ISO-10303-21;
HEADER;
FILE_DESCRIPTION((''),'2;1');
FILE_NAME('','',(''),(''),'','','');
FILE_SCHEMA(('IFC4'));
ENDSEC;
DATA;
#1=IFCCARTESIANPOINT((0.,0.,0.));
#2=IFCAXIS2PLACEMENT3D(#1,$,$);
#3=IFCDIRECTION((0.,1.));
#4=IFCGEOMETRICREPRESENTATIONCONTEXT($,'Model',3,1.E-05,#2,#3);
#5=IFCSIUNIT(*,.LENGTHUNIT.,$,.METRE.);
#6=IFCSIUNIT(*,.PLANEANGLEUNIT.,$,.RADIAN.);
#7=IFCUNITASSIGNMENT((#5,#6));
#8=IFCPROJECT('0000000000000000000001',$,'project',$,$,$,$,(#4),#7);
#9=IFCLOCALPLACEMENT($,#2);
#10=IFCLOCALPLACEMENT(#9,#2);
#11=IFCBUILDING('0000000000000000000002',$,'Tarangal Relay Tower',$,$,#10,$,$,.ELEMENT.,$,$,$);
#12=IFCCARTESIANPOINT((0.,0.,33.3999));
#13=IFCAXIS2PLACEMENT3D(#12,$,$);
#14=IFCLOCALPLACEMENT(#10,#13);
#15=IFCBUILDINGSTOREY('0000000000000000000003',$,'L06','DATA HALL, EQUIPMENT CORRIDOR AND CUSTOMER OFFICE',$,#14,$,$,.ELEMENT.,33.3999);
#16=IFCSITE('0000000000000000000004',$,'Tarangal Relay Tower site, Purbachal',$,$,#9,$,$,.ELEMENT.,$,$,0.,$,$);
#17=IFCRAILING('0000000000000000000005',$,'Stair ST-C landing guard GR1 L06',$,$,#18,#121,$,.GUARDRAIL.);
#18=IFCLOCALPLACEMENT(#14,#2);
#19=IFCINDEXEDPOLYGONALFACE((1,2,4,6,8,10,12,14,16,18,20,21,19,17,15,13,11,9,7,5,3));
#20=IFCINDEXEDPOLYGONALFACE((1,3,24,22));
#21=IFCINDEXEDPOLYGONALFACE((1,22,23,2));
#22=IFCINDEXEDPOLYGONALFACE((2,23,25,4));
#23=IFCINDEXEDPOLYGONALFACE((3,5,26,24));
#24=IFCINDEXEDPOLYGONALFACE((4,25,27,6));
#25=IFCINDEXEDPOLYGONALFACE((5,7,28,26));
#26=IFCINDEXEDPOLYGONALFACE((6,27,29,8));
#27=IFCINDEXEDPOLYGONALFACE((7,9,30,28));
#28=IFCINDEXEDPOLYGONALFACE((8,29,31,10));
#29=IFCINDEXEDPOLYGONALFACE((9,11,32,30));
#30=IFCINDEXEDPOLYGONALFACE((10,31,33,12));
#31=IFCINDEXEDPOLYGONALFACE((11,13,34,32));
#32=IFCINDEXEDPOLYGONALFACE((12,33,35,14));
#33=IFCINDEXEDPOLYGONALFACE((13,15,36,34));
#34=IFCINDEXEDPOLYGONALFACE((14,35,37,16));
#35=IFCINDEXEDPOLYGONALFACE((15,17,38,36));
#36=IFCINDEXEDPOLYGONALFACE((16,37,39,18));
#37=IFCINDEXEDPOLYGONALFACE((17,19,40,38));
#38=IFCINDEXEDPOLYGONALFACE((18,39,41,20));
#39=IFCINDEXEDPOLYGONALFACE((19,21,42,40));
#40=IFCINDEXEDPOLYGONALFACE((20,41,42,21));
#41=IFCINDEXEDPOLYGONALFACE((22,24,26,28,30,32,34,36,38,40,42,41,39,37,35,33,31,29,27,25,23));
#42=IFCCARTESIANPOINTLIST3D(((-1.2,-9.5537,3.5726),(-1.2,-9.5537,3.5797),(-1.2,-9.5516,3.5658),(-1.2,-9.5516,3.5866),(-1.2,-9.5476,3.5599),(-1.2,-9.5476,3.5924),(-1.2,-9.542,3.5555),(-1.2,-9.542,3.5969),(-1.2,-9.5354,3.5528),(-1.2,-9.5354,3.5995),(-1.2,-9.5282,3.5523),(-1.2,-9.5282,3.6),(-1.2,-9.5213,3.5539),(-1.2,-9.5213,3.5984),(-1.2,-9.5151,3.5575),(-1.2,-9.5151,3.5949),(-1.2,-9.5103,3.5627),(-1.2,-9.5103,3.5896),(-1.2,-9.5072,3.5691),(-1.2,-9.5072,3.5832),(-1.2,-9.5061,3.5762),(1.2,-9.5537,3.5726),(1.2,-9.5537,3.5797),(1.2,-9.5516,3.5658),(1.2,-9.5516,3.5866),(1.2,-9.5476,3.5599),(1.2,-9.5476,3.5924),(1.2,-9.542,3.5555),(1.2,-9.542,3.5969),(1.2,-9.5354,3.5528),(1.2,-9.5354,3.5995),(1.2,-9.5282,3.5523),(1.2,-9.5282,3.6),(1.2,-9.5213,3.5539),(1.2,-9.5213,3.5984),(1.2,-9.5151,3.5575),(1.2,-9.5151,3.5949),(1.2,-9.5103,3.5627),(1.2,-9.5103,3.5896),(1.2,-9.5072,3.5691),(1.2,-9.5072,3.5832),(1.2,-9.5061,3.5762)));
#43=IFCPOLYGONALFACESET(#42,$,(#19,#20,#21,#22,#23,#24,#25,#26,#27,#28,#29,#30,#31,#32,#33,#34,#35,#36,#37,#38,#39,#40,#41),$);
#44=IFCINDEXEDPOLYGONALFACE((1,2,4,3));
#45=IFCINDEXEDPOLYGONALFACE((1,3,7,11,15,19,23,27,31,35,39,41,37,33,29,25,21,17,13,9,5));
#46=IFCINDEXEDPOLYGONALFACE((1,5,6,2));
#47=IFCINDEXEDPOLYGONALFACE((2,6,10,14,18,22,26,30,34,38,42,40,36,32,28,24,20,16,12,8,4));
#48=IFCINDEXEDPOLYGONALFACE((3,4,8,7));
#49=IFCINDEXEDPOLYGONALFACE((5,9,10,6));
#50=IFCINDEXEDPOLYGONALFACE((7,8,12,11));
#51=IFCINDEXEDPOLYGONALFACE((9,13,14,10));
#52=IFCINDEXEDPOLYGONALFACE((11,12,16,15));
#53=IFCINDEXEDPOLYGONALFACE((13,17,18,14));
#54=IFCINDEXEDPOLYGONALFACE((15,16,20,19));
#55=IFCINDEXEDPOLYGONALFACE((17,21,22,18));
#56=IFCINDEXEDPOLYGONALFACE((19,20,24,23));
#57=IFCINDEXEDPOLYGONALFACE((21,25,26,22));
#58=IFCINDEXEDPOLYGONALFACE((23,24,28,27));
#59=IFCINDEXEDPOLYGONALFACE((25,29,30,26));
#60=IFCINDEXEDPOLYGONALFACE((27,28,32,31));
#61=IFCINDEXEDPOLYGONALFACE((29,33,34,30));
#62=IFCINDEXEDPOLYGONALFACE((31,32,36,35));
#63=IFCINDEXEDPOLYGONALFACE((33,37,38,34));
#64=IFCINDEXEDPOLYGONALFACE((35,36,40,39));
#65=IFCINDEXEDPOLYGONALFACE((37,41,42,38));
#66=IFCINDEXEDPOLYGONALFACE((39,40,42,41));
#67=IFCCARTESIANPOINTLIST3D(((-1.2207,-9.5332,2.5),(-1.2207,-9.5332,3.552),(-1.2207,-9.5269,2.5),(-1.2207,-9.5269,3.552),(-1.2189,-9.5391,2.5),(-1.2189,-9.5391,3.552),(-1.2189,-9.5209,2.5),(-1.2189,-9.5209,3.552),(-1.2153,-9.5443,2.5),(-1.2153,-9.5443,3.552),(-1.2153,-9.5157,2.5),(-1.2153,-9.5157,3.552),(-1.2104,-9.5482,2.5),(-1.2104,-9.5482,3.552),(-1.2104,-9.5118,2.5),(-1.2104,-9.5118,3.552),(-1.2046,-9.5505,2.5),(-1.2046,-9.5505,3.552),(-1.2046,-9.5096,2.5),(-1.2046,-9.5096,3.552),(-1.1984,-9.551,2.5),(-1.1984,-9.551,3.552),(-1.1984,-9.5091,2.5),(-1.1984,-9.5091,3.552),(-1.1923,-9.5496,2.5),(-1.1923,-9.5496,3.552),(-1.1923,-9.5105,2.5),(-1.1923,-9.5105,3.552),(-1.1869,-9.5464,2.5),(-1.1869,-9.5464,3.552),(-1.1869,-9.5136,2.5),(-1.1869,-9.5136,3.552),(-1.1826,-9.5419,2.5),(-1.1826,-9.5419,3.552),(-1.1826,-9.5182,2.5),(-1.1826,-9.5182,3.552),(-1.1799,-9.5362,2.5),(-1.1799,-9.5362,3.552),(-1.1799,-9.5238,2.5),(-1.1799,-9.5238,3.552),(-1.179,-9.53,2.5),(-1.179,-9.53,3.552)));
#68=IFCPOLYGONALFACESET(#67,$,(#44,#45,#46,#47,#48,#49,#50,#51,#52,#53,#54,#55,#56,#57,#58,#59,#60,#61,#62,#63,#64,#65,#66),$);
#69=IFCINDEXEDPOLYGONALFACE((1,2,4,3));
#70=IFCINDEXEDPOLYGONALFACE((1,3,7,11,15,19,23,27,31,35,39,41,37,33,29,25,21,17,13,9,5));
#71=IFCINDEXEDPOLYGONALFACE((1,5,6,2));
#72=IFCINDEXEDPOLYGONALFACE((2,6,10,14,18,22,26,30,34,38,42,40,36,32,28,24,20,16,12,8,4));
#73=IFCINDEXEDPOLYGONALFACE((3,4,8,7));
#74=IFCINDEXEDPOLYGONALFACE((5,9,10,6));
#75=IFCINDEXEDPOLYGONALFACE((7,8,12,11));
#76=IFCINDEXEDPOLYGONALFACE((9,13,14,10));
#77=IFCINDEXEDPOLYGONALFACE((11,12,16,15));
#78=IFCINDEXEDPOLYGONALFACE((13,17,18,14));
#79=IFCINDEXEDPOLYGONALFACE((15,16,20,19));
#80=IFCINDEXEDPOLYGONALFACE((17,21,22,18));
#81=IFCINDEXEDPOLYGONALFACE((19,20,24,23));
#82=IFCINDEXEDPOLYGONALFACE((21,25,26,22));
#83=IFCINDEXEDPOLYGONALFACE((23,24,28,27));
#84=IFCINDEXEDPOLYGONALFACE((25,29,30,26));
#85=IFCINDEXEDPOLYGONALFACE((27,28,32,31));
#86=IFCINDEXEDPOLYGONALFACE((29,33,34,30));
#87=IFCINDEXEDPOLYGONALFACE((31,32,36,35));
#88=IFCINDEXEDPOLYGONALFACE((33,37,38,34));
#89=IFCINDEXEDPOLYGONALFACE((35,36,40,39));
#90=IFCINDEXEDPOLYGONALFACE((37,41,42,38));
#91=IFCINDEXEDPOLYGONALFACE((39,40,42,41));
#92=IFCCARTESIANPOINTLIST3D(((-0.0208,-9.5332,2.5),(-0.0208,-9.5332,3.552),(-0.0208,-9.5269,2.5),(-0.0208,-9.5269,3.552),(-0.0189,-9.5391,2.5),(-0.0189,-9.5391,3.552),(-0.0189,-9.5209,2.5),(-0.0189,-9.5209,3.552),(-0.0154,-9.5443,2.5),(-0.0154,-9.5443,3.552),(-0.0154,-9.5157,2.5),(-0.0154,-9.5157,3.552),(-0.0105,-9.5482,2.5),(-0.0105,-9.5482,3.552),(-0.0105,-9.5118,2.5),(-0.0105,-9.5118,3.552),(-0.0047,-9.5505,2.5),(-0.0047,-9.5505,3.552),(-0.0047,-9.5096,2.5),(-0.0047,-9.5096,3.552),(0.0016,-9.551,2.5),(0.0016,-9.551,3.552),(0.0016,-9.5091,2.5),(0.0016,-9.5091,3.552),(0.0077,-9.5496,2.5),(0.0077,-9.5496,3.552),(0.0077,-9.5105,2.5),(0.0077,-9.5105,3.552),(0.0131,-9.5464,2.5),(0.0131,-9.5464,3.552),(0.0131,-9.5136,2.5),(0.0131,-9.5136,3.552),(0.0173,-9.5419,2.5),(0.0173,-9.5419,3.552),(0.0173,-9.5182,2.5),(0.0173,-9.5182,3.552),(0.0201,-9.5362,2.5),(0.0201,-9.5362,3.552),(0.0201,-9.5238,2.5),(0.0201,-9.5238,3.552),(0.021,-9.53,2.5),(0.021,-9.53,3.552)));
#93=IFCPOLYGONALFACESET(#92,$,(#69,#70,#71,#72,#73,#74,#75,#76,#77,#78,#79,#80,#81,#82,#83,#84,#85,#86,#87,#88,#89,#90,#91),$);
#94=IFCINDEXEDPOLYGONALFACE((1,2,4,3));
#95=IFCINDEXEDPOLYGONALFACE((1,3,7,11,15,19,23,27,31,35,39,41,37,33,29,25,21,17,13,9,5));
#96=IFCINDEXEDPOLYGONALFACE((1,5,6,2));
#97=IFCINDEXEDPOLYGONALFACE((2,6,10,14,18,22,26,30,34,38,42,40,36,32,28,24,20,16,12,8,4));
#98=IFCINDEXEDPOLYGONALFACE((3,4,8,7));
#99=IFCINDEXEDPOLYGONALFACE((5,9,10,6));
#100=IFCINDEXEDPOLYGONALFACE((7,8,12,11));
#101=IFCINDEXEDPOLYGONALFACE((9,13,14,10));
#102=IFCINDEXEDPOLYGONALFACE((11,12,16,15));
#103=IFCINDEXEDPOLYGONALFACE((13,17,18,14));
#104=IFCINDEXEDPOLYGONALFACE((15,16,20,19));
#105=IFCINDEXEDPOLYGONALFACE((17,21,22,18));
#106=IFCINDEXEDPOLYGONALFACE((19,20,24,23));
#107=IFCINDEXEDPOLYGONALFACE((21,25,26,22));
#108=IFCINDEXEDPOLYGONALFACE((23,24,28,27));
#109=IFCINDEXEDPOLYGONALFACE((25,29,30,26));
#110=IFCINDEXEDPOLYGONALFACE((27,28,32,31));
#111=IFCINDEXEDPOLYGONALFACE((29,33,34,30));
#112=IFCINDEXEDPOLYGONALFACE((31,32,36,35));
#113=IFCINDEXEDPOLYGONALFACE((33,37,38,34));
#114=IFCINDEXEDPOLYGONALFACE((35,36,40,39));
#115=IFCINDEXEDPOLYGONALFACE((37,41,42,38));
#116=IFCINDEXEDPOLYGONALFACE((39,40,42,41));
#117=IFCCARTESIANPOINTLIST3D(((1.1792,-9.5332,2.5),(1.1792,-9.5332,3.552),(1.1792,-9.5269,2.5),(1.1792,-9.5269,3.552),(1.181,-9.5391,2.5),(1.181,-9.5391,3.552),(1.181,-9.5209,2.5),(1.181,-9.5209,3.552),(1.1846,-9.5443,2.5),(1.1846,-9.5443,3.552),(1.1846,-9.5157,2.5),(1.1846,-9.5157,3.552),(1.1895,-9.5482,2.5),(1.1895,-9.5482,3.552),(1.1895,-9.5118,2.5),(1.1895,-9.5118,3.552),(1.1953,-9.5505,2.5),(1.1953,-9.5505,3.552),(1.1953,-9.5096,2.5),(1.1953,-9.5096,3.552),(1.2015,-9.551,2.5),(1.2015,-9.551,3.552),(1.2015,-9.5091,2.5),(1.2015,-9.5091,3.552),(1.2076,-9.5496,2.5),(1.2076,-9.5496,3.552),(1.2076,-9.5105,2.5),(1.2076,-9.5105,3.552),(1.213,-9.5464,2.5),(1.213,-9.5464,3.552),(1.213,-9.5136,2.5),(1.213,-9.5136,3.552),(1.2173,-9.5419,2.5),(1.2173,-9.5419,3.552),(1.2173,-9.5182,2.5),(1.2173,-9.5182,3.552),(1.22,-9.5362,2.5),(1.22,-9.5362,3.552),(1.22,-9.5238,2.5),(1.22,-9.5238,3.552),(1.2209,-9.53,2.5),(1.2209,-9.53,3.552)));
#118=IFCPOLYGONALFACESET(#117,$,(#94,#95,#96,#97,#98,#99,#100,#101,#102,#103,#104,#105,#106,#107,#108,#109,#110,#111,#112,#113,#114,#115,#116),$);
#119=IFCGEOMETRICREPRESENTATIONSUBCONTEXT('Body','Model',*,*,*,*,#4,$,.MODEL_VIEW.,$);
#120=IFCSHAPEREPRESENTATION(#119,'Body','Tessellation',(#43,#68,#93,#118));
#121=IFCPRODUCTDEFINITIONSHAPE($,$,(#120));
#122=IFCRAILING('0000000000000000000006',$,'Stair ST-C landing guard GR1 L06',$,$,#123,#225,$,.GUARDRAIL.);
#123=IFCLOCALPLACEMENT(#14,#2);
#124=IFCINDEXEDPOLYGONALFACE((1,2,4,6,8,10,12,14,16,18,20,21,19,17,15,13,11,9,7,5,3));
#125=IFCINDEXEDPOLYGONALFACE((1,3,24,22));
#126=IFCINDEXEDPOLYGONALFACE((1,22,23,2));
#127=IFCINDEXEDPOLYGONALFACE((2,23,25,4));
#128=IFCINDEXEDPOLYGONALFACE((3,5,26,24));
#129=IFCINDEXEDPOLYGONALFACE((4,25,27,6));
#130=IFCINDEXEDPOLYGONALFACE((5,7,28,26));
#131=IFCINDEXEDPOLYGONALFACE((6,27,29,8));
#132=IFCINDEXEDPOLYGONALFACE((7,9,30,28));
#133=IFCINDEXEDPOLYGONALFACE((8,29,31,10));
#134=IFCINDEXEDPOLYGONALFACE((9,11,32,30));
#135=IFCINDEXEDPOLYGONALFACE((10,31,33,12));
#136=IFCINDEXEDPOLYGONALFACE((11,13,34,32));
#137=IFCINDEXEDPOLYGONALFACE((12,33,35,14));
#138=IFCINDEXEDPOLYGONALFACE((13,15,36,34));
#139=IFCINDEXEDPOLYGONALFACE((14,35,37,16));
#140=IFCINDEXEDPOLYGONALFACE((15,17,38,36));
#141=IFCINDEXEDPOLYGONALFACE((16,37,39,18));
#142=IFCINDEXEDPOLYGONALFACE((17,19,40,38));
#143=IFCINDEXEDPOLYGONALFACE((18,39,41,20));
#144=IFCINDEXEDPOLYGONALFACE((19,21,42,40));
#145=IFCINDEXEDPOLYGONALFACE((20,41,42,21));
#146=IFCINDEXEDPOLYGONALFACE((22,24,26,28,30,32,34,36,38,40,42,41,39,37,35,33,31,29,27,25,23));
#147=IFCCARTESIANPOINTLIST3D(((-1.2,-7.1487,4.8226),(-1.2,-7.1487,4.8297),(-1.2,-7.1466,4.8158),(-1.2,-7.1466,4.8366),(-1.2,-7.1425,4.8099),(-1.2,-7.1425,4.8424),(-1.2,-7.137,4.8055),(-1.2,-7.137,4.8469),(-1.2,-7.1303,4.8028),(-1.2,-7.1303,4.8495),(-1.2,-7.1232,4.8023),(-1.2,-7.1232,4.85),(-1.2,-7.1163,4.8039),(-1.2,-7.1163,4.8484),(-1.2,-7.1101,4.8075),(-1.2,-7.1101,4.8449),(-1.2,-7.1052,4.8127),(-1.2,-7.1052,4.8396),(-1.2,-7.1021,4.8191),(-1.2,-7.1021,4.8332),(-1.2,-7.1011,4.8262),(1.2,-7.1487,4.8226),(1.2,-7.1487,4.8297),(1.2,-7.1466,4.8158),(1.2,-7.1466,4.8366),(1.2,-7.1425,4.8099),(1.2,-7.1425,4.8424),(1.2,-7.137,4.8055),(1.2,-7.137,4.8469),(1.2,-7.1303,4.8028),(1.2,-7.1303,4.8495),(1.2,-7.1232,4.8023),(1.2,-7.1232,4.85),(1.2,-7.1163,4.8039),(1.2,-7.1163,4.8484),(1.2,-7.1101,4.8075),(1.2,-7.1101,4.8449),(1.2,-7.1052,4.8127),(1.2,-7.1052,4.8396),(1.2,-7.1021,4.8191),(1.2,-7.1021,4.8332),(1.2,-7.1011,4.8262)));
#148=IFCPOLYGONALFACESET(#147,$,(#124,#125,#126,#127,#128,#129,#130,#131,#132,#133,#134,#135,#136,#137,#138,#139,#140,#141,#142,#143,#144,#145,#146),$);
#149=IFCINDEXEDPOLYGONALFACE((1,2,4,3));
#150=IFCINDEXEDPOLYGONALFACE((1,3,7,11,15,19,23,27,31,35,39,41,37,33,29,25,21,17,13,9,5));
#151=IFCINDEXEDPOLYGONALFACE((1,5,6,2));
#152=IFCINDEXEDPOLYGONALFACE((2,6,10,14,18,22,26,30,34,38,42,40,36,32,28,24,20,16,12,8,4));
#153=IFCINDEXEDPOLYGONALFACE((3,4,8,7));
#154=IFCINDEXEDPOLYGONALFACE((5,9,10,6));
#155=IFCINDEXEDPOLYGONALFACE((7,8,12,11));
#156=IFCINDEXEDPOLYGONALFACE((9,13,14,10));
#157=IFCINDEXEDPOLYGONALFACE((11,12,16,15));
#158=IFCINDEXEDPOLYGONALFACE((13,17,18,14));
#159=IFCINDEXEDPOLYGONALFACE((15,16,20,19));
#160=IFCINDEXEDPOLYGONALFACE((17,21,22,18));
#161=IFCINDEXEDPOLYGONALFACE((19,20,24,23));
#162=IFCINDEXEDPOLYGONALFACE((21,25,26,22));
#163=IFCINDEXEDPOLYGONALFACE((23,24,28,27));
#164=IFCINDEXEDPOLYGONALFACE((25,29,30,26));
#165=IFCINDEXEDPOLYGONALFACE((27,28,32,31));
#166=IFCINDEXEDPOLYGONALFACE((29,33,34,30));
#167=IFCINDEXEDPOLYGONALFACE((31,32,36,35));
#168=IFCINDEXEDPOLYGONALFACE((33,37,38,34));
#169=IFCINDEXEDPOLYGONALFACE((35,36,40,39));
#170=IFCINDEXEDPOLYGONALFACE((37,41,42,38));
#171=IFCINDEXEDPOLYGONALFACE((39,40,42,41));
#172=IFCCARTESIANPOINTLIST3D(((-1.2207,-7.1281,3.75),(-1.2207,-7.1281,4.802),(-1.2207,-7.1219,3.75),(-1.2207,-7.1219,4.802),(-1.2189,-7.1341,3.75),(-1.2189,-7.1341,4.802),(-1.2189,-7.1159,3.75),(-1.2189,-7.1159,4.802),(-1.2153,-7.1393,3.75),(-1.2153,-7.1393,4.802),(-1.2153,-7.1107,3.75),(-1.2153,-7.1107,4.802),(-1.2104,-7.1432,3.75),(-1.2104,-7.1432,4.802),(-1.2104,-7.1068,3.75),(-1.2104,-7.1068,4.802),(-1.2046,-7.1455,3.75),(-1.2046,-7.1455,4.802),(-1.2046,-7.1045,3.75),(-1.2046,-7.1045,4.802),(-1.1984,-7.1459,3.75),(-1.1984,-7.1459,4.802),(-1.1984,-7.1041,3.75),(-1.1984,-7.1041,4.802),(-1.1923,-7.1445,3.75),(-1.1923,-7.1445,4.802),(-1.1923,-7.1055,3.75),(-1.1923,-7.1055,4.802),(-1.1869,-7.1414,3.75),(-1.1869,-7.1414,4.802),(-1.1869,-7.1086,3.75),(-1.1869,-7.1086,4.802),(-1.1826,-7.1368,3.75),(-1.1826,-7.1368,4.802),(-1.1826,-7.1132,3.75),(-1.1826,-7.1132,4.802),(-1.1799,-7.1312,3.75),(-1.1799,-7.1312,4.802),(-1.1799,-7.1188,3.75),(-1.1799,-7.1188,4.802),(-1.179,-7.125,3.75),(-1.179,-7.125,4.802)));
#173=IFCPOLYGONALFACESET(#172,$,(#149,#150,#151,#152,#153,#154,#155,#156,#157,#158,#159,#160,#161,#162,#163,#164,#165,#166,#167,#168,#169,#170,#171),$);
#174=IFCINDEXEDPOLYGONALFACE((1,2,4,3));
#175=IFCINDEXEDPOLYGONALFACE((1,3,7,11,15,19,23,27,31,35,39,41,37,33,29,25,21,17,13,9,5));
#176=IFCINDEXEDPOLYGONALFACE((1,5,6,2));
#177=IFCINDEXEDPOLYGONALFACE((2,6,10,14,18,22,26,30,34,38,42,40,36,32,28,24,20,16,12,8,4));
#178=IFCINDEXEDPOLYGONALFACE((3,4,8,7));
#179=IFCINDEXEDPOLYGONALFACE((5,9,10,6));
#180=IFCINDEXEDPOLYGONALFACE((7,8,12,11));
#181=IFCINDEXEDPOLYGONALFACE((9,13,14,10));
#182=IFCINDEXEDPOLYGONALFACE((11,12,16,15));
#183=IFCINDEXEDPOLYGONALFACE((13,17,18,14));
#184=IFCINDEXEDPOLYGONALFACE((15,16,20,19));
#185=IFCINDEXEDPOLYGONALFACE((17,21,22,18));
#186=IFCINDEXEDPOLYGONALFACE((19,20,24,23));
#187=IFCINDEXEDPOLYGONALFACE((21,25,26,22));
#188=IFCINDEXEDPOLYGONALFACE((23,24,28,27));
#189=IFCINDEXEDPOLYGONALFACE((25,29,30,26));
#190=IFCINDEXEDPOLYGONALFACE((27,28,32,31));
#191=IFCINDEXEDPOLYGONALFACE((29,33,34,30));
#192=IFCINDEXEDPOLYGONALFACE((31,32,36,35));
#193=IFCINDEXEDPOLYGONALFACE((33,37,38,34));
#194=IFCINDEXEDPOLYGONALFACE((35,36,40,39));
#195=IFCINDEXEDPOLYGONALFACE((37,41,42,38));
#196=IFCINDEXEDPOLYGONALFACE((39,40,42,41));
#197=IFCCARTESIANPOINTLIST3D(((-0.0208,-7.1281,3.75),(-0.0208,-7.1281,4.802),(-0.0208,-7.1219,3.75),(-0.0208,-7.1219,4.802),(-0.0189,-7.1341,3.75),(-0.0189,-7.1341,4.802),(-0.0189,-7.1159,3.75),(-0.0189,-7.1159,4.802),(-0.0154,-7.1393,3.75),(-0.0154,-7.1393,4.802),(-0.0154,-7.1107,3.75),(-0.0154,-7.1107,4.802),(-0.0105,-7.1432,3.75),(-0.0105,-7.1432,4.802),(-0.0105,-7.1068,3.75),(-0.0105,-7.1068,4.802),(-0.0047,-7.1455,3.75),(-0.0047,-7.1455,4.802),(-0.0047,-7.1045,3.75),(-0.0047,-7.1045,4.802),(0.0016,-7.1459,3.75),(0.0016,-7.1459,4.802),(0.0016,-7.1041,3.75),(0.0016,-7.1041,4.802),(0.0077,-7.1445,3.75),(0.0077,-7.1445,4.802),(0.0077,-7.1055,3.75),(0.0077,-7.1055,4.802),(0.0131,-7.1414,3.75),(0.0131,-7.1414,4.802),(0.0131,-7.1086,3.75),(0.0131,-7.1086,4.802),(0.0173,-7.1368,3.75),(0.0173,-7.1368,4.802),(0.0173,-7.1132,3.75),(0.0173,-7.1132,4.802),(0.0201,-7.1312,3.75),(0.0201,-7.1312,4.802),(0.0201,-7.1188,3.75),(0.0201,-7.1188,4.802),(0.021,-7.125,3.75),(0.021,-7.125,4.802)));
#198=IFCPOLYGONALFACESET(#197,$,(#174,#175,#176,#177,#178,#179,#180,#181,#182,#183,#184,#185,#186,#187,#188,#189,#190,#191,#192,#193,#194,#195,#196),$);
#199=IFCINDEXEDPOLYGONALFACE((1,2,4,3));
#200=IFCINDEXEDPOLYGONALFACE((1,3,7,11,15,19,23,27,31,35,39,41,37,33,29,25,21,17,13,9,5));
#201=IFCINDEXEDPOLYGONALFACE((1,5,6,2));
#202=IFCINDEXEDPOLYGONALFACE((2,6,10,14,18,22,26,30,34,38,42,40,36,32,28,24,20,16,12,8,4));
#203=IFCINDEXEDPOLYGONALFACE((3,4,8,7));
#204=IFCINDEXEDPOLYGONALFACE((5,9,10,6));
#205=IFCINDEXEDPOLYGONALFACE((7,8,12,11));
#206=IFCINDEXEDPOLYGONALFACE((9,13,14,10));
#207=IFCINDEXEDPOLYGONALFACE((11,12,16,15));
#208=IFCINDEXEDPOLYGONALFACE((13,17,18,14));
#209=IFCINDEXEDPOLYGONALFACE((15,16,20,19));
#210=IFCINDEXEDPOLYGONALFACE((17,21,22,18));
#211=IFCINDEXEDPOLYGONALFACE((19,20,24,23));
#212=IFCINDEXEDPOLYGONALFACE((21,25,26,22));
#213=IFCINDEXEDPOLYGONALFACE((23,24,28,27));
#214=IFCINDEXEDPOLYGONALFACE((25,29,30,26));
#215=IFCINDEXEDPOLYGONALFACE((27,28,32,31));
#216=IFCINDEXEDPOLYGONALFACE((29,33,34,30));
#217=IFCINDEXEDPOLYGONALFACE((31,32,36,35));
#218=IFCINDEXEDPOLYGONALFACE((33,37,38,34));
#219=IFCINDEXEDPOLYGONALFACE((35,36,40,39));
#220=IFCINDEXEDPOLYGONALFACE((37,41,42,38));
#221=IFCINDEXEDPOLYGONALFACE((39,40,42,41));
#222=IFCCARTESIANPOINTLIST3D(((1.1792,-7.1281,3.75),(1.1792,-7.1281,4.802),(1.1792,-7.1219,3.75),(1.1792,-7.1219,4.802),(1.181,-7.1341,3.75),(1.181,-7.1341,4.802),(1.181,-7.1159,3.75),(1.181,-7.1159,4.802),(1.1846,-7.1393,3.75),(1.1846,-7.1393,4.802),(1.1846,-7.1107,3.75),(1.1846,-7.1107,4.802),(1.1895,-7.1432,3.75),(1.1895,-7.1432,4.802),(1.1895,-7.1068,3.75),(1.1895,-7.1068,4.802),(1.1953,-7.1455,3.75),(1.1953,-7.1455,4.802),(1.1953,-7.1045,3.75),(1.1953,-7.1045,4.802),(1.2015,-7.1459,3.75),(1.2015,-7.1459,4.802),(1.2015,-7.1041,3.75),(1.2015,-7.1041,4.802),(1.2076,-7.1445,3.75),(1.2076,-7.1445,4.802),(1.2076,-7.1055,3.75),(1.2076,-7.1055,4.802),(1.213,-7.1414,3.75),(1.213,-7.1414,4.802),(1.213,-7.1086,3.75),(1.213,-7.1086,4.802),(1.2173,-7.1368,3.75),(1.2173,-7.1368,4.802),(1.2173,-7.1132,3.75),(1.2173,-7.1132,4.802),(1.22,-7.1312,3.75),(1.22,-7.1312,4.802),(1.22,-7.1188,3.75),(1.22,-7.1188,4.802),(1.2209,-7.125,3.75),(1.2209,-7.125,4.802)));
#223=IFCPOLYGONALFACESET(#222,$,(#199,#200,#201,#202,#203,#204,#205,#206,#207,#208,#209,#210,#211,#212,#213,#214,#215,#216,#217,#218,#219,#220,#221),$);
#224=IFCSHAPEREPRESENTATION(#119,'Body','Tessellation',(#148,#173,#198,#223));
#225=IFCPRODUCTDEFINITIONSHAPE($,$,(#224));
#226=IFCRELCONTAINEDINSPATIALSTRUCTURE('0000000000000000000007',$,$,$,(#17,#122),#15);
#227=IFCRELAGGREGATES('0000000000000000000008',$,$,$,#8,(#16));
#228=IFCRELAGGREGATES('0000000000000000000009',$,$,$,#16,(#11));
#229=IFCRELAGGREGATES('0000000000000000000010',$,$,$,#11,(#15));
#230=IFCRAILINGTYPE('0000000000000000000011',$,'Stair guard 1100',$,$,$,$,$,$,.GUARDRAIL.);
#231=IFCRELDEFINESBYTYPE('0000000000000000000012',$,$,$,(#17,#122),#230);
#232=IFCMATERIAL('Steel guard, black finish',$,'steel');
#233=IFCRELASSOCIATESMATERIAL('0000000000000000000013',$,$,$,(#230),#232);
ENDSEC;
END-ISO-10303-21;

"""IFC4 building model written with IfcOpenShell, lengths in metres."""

from ifc_helpers import new_model, si_unit, direction, frame, origin, origin_2d, place, context, subcontext, project, spatial, circle, extrude, material, type_object, element, save


model = new_model("IFC4")

# Units and contexts
model_context = context("Model", 3, precision=1e-05, world=origin(), true_north=direction((0.0, 1.0)))
body_context = subcontext(model_context, "Body", "Model", "MODEL_VIEW")
ifc_project = project(units=[si_unit("LENGTHUNIT", "METRE"), si_unit("PLANEANGLEUNIT", "RADIAN")], contexts=[model_context])

# Site, building, storey
site_placement = place(None, origin())
site = spatial("IfcSite", under=ifc_project, at=site_placement, Name="Tarangal Relay Tower site, Purbachal", CompositionType="ELEMENT", RefElevation=0.0)
building_placement = place(site_placement, origin())
building = spatial("IfcBuilding", under=site, at=building_placement, Name="Tarangal Relay Tower", CompositionType="ELEMENT")
storey_placement = place(building_placement, frame((0.0, 0.0, 33.3999)))
storey = spatial("IfcBuildingStorey", under=building, at=storey_placement, Name="L06", Description="DATA HALL, EQUIPMENT CORRIDOR AND CUSTOMER OFFICE", CompositionType="ELEMENT", Elevation=33.3999)

# Railings
ifc_material_1 = material(Name="Steel guard, black finish", Category="steel")
railing_type_1 = type_object("IfcRailingType", Name="Stair guard 1100", PredefinedType="GUARDRAIL", material=ifc_material_1)
for number, where, name in (
    (1, (-1.2, -9.53, 2.5), "Stair ST-C landing guard GR1 L06"),
    (2, (-1.2, -7.125, 3.75), "Stair ST-C landing guard GR1 L06"),
):
    element("IfcRailing", number, at=place(storey_placement, frame(where)), inside=storey, type_object=railing_type_1, Name=name, PredefinedType="GUARDRAIL", context=body_context, shape_type="SweptSolid", body=[
        extrude(circle(Radius=0.0239, at=origin_2d()), frame((0.0, 0.0, 1.0762), z_axis=(1.0, 0.0, 0.0), x_axis=(0.0, 1.0, 0.0)), (0.0, 0.0, 1.0), 2.3999),
        extrude(circle(Radius=0.021, at=origin_2d()), origin(), (0.0, 0.0, 1.0), 1.052),
        extrude(circle(Radius=0.021, at=origin_2d()), frame((1.2, 0.0, 0.0)), (0.0, 0.0, 1.0), 1.052),
        extrude(circle(Radius=0.021, at=origin_2d()), frame((2.3999, 0.0, 0.0)), (0.0, 0.0, 1.0), 1.052),
    ])

save(model, "model.ifc")
